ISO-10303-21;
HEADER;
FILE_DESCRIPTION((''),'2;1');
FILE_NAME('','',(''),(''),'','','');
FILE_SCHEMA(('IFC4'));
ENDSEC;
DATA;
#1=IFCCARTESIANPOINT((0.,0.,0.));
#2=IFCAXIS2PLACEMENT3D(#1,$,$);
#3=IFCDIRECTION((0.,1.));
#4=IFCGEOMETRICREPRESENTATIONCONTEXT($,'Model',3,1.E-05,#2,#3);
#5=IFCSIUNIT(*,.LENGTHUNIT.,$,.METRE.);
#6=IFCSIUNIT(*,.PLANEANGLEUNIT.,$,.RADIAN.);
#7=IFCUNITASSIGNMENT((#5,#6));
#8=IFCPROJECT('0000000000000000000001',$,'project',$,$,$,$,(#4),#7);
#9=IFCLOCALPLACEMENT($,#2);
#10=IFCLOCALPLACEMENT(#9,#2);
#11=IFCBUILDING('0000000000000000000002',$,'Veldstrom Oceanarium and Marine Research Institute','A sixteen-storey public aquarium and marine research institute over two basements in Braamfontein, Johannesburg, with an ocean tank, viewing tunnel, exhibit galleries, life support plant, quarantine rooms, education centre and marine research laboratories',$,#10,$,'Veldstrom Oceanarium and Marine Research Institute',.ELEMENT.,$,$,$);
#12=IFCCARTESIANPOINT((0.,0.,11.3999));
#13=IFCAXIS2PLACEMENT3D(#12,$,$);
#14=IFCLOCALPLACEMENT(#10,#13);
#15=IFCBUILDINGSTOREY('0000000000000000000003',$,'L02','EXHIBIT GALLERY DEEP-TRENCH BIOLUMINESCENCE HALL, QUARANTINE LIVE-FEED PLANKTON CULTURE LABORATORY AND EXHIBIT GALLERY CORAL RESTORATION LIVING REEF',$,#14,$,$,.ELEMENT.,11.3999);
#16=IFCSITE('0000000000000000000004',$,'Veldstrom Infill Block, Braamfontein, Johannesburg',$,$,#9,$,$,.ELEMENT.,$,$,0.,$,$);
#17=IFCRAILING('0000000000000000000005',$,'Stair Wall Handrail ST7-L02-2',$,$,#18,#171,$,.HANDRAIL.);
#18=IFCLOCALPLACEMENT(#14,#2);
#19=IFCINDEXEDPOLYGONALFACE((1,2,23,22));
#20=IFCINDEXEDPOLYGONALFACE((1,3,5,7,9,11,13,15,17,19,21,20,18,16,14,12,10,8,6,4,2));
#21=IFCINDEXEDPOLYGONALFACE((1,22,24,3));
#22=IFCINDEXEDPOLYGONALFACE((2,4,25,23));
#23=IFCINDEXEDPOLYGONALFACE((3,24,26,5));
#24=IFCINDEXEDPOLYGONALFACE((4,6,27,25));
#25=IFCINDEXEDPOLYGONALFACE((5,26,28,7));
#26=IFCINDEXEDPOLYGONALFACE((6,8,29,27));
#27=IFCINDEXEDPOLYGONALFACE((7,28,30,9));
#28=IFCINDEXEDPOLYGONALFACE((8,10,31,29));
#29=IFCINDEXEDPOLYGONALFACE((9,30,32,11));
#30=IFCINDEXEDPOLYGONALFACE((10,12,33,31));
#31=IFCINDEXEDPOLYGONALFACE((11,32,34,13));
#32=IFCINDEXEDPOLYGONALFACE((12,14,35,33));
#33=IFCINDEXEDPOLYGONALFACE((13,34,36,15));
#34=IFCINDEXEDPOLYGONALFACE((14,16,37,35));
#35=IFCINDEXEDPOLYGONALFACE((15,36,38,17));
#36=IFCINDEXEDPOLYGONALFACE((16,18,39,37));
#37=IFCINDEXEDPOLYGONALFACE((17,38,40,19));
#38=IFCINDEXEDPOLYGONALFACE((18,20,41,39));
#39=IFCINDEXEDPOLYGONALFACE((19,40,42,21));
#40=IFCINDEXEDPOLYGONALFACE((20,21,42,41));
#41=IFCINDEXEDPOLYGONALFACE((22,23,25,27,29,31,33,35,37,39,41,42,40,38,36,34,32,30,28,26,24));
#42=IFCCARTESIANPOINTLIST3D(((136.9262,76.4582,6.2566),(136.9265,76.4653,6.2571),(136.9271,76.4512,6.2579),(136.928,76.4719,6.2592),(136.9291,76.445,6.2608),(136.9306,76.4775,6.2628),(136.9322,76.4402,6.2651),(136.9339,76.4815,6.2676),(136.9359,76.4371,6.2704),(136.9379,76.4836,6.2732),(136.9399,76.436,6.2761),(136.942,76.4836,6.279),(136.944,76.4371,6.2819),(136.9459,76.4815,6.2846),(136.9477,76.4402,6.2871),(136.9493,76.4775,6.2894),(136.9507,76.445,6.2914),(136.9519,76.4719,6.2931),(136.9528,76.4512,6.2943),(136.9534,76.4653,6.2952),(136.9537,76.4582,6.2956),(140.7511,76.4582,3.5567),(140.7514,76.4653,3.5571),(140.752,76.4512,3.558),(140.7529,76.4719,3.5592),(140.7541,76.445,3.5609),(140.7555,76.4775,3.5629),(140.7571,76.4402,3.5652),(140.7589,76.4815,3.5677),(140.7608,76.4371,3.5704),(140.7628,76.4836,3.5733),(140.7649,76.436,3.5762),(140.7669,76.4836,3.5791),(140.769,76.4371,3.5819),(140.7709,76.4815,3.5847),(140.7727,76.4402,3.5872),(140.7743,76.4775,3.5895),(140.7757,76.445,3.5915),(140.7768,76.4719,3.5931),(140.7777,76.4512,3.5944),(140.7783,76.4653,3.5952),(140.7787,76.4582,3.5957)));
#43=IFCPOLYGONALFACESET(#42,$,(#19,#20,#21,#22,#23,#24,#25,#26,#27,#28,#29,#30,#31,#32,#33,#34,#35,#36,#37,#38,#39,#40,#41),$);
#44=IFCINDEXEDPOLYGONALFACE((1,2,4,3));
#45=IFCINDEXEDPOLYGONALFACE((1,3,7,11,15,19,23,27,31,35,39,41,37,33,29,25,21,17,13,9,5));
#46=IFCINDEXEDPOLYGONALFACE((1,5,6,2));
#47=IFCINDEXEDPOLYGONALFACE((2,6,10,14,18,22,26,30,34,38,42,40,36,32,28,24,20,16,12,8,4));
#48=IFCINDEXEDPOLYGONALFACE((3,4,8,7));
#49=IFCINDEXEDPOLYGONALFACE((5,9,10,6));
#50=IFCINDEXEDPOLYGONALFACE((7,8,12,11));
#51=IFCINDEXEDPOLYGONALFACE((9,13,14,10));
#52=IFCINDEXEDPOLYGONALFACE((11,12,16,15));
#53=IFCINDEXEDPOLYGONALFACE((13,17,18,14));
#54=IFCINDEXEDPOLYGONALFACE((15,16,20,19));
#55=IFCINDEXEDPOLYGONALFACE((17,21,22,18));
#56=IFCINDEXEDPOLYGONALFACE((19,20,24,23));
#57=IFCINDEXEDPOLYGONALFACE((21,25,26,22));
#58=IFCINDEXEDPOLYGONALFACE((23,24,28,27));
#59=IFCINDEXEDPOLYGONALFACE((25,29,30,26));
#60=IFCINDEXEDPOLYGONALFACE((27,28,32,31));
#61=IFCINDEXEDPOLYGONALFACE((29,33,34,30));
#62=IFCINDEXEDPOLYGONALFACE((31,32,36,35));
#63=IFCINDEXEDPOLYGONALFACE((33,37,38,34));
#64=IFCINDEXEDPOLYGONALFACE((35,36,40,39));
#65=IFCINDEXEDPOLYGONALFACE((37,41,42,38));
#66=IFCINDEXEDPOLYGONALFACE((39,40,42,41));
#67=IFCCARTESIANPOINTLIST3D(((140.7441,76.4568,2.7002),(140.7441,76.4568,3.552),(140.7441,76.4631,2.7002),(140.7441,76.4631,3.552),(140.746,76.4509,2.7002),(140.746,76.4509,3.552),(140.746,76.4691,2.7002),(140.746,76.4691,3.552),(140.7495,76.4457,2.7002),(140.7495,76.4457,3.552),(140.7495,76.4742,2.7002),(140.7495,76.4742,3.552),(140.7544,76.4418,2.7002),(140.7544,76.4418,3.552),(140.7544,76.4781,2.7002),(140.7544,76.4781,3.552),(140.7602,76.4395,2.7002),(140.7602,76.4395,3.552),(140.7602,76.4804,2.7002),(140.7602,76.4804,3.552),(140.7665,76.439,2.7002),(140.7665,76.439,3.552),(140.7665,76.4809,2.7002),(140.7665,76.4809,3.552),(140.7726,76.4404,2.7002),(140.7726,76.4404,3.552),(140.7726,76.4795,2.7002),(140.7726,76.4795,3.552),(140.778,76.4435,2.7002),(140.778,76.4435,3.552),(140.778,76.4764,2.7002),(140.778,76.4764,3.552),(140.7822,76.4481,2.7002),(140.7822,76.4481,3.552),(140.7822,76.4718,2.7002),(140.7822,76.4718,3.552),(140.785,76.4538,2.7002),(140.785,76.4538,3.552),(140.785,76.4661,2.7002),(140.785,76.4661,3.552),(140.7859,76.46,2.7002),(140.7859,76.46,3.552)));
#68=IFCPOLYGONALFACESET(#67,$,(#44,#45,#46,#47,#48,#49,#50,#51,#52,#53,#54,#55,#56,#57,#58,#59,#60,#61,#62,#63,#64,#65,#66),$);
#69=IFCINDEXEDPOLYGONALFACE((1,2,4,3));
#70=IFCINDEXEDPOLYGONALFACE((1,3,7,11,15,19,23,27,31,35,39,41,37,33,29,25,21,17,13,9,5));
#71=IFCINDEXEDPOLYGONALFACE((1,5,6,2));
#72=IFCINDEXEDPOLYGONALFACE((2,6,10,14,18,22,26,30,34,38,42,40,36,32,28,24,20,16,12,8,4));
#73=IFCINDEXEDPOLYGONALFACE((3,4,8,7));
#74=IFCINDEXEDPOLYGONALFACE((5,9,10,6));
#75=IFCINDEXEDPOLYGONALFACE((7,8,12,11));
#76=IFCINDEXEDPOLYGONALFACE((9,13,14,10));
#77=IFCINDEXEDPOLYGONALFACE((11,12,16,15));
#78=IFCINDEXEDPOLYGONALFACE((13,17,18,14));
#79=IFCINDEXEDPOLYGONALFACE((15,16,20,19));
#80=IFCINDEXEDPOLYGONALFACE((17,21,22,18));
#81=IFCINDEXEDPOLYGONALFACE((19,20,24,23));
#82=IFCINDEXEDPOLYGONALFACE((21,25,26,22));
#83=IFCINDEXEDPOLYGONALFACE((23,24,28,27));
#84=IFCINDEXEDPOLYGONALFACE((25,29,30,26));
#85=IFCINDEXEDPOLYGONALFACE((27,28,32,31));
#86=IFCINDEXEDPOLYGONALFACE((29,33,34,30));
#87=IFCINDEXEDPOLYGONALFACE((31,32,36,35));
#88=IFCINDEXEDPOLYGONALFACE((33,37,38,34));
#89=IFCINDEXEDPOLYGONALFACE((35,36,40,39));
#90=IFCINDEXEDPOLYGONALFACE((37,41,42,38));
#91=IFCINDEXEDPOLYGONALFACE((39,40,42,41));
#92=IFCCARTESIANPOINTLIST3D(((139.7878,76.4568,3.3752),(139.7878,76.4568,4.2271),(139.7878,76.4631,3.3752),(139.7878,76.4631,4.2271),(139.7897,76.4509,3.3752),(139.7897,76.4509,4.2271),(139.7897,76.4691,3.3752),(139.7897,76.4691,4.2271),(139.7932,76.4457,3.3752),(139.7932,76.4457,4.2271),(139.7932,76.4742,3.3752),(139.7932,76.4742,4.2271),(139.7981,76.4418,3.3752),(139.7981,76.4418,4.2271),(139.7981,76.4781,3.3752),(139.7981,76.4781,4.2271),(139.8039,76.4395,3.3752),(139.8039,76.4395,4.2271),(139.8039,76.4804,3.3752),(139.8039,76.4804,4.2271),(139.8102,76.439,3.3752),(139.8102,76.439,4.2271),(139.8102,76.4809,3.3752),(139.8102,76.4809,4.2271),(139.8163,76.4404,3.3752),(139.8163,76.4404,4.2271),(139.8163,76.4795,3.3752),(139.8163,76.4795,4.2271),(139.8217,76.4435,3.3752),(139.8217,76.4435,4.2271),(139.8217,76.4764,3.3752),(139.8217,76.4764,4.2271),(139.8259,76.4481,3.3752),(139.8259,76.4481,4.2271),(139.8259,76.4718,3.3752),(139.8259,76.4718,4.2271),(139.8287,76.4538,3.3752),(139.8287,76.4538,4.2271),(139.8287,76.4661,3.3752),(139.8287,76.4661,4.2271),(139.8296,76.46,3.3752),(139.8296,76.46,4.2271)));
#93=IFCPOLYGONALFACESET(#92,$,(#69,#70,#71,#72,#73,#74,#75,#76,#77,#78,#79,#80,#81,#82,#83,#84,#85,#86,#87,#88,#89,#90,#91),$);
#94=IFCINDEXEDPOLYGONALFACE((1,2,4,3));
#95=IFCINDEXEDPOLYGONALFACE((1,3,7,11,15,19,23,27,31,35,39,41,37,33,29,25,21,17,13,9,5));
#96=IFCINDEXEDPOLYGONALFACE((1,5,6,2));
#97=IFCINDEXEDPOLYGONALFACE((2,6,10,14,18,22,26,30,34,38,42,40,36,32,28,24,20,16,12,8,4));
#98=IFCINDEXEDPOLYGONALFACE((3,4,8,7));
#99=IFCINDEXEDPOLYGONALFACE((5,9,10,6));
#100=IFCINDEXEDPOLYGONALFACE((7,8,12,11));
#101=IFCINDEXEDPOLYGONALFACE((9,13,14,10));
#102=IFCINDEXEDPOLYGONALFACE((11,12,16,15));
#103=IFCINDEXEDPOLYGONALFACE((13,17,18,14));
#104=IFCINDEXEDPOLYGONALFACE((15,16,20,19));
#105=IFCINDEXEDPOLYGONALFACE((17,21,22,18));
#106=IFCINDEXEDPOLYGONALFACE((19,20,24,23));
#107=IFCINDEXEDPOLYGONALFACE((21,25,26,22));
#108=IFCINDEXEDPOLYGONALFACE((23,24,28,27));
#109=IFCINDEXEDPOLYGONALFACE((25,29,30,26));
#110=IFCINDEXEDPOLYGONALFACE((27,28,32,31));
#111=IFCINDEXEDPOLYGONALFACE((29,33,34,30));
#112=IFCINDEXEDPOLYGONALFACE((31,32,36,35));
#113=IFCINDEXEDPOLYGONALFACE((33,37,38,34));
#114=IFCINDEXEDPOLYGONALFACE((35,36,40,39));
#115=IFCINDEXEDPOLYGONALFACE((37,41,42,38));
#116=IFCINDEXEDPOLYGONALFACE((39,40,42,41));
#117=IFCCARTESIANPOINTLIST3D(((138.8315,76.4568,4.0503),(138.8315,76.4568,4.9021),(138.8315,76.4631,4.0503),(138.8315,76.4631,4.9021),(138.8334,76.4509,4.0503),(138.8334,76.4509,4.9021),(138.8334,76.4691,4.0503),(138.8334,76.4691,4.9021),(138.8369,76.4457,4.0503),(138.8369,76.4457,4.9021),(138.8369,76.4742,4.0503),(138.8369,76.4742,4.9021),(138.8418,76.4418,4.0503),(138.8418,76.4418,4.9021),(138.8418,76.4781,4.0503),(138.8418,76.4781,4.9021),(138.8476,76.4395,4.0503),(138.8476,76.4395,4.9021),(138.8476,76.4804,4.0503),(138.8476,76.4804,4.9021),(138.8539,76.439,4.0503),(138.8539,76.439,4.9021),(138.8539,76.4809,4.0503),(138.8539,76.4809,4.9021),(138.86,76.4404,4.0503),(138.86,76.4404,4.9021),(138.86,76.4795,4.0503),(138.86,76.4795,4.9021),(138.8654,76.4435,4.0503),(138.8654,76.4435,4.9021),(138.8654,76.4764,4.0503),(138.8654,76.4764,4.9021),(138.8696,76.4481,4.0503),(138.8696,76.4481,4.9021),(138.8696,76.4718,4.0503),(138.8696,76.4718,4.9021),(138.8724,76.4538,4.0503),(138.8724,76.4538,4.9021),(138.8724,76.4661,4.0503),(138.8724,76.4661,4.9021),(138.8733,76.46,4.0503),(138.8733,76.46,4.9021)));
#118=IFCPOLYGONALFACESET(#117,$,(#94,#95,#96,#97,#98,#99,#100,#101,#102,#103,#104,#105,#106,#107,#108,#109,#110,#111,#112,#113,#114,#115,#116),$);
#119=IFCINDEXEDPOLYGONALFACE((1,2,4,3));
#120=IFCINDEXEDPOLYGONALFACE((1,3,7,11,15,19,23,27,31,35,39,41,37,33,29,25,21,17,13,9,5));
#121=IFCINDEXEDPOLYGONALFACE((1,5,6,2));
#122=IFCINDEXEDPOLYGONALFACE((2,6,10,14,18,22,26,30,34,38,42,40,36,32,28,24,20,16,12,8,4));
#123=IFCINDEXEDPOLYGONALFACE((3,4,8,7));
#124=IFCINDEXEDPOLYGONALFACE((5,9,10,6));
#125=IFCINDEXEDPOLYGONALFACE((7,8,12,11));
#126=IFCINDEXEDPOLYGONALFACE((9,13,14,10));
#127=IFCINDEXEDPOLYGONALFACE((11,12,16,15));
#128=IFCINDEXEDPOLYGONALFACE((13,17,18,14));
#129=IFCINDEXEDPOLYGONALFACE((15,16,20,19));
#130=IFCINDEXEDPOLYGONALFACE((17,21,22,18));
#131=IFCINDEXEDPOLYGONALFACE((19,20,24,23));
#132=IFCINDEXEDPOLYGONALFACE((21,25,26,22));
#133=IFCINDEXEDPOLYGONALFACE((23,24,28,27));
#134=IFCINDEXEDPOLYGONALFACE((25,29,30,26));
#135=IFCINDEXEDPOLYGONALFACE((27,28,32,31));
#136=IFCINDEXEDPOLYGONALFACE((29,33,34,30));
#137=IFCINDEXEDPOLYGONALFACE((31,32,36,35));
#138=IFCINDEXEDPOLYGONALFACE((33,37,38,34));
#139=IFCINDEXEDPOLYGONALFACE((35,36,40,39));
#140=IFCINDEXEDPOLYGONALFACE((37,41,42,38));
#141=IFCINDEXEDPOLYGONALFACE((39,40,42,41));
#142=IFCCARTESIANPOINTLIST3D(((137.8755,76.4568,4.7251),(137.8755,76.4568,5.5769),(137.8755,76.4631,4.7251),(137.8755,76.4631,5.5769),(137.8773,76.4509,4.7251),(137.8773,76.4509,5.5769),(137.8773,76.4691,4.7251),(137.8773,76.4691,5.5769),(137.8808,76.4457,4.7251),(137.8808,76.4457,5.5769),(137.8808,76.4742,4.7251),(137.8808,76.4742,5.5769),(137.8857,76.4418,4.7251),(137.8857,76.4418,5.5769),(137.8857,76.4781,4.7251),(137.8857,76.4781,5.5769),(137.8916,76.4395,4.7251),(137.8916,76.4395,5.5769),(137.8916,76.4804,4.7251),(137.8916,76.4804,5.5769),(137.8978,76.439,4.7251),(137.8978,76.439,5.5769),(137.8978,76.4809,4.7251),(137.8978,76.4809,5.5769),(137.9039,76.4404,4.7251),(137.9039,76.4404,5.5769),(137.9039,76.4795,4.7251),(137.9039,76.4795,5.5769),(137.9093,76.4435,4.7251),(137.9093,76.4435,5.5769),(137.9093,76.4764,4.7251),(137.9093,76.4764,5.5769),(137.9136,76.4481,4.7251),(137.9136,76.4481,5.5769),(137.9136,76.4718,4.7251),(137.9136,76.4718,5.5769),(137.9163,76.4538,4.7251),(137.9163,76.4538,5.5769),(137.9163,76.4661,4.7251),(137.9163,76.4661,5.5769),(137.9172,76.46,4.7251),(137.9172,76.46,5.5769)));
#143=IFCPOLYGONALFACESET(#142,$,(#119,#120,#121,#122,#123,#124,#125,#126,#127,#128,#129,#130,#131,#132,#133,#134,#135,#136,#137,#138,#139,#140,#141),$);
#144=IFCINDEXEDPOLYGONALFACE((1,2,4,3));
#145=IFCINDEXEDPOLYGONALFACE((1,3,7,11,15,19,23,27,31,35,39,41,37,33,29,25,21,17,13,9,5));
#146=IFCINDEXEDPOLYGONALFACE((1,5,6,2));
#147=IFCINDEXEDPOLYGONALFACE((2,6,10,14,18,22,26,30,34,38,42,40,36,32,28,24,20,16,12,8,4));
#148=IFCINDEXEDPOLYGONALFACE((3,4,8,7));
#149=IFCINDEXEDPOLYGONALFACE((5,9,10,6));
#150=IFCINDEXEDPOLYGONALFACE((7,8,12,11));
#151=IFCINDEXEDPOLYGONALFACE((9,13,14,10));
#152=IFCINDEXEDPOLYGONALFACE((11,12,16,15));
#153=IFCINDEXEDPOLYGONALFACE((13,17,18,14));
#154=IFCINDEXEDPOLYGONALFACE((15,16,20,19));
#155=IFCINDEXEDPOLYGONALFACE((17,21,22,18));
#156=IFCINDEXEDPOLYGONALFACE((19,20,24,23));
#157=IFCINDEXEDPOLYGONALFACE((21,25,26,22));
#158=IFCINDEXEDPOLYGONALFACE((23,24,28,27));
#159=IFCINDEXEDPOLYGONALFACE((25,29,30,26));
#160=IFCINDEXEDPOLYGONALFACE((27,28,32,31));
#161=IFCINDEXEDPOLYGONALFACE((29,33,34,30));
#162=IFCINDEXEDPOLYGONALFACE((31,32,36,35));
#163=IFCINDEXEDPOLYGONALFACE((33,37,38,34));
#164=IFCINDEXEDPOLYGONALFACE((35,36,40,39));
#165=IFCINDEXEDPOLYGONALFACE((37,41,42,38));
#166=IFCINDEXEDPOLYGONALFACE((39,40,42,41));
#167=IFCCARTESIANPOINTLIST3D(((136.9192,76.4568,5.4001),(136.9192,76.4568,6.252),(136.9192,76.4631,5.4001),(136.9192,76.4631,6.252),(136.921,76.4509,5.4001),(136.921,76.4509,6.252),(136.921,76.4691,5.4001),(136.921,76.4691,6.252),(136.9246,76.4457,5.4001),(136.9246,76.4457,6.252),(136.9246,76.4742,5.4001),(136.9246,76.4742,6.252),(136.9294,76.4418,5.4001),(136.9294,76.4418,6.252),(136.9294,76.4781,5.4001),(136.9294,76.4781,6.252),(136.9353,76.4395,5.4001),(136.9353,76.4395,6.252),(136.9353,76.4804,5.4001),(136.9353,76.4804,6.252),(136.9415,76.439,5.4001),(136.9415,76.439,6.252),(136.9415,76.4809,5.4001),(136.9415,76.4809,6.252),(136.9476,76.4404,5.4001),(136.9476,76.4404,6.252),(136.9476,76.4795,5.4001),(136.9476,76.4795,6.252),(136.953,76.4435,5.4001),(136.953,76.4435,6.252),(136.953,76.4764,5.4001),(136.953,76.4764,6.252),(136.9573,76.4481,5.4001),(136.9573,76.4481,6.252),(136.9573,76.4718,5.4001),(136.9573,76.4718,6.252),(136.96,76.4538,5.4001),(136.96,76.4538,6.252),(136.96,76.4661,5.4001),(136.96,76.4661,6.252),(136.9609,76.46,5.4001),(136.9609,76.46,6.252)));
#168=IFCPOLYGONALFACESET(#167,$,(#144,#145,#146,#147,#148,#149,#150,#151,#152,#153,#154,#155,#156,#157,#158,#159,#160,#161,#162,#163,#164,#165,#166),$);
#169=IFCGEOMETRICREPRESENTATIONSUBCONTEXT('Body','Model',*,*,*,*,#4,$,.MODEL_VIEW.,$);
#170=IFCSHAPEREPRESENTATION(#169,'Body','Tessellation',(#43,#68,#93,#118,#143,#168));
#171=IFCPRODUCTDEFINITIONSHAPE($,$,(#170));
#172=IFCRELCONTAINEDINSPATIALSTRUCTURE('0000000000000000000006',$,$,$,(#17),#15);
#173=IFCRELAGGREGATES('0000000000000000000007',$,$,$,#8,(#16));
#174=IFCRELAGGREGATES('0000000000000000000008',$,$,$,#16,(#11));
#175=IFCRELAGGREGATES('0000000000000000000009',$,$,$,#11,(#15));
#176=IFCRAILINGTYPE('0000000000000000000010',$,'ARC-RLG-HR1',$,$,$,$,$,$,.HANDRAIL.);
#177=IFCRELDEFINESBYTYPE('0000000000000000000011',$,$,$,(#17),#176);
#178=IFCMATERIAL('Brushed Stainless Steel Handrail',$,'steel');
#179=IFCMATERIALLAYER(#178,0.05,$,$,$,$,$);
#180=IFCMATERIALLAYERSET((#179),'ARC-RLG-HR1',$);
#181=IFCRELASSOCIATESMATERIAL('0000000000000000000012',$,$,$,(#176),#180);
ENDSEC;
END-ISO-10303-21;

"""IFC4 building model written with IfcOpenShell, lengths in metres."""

from ifc_helpers import new_model, si_unit, direction, frame, origin, origin_2d, place, context, subcontext, project, spatial, circle, extrude, material, layer, layer_set, type_object, element, save


model = new_model("IFC4")

# Units and contexts
model_context = context("Model", 3, precision=1e-05, world=origin(), true_north=direction((0.0, 1.0)))
body_context = subcontext(model_context, "Body", "Model", "MODEL_VIEW")
ifc_project = project(units=[si_unit("LENGTHUNIT", "METRE"), si_unit("PLANEANGLEUNIT", "RADIAN")], contexts=[model_context])

# Site, building, storey
site_placement = place(None, origin())
site = spatial("IfcSite", under=ifc_project, at=site_placement, Name="Veldstrom Infill Block, Braamfontein, Johannesburg", CompositionType="ELEMENT", RefElevation=0.0)
building_placement = place(site_placement, origin())
building = spatial("IfcBuilding", under=site, at=building_placement, Name="Veldstrom Oceanarium and Marine Research Institute", Description="A sixteen-storey public aquarium and marine research institute over two basements in Braamfontein, Johannesburg, with an ocean tank, viewing tunnel, exhibit galleries, life support plant, quarantine rooms, education centre and marine research laboratories", LongName="Veldstrom Oceanarium and Marine Research Institute", CompositionType="ELEMENT")
storey_placement = place(building_placement, frame((0.0, 0.0, 11.3999)))
storey = spatial("IfcBuildingStorey", under=building, at=storey_placement, Name="L02", Description="EXHIBIT GALLERY DEEP-TRENCH BIOLUMINESCENCE HALL, QUARANTINE LIVE-FEED PLANKTON CULTURE LABORATORY AND EXHIBIT GALLERY CORAL RESTORATION LIVING REEF", CompositionType="ELEMENT", Elevation=11.3999)

# Railing
ifc_material_1 = material(Name="Brushed Stainless Steel Handrail", Category="steel")
ifc_layer_1 = layer(ifc_material_1, 0.05)
ifc_layer_set_1 = layer_set([ifc_layer_1], Name="ARC-RLG-HR1")
railing_type_1 = type_object("IfcRailingType", Name="ARC-RLG-HR1", PredefinedType="HANDRAIL", material=ifc_layer_set_1)
railing_1_placement = place(storey_placement, frame((140.7649, 76.46, 2.7002)))
element("IfcRailing", 1, at=railing_1_placement, inside=storey, type_object=railing_type_1, Name="Stair Wall Handrail ST7-L02-2", PredefinedType="HANDRAIL", context=body_context, shape_type="SweptSolid", body=[
    extrude(circle(Radius=0.0239, at=origin_2d()), frame((0.0, 0.0, 0.876), z_axis=(-0.816969, 0.0, 0.576681), x_axis=(0.0, -1.0, 0.0)), (0.0, 0.0, 1.0), 4.6819),
    extrude(circle(Radius=0.021, at=origin_2d()), origin(), (0.0, 0.0, 1.0), 0.8518),
    extrude(circle(Radius=0.021, at=origin_2d()), frame((-0.9563, 0.0, 0.675)), (0.0, 0.0, 1.0), 0.8518),
    extrude(circle(Radius=0.021, at=origin_2d()), frame((-1.9126, 0.0, 1.3501)), (0.0, 0.0, 1.0), 0.8518),
    extrude(circle(Radius=0.021, at=origin_2d()), frame((-2.8687, 0.0, 2.0249)), (0.0, 0.0, 1.0), 0.8518),
    extrude(circle(Radius=0.021, at=origin_2d()), frame((-3.825, 0.0, 2.7)), (0.0, 0.0, 1.0), 0.8518),
])

save(model, "model.ifc")
